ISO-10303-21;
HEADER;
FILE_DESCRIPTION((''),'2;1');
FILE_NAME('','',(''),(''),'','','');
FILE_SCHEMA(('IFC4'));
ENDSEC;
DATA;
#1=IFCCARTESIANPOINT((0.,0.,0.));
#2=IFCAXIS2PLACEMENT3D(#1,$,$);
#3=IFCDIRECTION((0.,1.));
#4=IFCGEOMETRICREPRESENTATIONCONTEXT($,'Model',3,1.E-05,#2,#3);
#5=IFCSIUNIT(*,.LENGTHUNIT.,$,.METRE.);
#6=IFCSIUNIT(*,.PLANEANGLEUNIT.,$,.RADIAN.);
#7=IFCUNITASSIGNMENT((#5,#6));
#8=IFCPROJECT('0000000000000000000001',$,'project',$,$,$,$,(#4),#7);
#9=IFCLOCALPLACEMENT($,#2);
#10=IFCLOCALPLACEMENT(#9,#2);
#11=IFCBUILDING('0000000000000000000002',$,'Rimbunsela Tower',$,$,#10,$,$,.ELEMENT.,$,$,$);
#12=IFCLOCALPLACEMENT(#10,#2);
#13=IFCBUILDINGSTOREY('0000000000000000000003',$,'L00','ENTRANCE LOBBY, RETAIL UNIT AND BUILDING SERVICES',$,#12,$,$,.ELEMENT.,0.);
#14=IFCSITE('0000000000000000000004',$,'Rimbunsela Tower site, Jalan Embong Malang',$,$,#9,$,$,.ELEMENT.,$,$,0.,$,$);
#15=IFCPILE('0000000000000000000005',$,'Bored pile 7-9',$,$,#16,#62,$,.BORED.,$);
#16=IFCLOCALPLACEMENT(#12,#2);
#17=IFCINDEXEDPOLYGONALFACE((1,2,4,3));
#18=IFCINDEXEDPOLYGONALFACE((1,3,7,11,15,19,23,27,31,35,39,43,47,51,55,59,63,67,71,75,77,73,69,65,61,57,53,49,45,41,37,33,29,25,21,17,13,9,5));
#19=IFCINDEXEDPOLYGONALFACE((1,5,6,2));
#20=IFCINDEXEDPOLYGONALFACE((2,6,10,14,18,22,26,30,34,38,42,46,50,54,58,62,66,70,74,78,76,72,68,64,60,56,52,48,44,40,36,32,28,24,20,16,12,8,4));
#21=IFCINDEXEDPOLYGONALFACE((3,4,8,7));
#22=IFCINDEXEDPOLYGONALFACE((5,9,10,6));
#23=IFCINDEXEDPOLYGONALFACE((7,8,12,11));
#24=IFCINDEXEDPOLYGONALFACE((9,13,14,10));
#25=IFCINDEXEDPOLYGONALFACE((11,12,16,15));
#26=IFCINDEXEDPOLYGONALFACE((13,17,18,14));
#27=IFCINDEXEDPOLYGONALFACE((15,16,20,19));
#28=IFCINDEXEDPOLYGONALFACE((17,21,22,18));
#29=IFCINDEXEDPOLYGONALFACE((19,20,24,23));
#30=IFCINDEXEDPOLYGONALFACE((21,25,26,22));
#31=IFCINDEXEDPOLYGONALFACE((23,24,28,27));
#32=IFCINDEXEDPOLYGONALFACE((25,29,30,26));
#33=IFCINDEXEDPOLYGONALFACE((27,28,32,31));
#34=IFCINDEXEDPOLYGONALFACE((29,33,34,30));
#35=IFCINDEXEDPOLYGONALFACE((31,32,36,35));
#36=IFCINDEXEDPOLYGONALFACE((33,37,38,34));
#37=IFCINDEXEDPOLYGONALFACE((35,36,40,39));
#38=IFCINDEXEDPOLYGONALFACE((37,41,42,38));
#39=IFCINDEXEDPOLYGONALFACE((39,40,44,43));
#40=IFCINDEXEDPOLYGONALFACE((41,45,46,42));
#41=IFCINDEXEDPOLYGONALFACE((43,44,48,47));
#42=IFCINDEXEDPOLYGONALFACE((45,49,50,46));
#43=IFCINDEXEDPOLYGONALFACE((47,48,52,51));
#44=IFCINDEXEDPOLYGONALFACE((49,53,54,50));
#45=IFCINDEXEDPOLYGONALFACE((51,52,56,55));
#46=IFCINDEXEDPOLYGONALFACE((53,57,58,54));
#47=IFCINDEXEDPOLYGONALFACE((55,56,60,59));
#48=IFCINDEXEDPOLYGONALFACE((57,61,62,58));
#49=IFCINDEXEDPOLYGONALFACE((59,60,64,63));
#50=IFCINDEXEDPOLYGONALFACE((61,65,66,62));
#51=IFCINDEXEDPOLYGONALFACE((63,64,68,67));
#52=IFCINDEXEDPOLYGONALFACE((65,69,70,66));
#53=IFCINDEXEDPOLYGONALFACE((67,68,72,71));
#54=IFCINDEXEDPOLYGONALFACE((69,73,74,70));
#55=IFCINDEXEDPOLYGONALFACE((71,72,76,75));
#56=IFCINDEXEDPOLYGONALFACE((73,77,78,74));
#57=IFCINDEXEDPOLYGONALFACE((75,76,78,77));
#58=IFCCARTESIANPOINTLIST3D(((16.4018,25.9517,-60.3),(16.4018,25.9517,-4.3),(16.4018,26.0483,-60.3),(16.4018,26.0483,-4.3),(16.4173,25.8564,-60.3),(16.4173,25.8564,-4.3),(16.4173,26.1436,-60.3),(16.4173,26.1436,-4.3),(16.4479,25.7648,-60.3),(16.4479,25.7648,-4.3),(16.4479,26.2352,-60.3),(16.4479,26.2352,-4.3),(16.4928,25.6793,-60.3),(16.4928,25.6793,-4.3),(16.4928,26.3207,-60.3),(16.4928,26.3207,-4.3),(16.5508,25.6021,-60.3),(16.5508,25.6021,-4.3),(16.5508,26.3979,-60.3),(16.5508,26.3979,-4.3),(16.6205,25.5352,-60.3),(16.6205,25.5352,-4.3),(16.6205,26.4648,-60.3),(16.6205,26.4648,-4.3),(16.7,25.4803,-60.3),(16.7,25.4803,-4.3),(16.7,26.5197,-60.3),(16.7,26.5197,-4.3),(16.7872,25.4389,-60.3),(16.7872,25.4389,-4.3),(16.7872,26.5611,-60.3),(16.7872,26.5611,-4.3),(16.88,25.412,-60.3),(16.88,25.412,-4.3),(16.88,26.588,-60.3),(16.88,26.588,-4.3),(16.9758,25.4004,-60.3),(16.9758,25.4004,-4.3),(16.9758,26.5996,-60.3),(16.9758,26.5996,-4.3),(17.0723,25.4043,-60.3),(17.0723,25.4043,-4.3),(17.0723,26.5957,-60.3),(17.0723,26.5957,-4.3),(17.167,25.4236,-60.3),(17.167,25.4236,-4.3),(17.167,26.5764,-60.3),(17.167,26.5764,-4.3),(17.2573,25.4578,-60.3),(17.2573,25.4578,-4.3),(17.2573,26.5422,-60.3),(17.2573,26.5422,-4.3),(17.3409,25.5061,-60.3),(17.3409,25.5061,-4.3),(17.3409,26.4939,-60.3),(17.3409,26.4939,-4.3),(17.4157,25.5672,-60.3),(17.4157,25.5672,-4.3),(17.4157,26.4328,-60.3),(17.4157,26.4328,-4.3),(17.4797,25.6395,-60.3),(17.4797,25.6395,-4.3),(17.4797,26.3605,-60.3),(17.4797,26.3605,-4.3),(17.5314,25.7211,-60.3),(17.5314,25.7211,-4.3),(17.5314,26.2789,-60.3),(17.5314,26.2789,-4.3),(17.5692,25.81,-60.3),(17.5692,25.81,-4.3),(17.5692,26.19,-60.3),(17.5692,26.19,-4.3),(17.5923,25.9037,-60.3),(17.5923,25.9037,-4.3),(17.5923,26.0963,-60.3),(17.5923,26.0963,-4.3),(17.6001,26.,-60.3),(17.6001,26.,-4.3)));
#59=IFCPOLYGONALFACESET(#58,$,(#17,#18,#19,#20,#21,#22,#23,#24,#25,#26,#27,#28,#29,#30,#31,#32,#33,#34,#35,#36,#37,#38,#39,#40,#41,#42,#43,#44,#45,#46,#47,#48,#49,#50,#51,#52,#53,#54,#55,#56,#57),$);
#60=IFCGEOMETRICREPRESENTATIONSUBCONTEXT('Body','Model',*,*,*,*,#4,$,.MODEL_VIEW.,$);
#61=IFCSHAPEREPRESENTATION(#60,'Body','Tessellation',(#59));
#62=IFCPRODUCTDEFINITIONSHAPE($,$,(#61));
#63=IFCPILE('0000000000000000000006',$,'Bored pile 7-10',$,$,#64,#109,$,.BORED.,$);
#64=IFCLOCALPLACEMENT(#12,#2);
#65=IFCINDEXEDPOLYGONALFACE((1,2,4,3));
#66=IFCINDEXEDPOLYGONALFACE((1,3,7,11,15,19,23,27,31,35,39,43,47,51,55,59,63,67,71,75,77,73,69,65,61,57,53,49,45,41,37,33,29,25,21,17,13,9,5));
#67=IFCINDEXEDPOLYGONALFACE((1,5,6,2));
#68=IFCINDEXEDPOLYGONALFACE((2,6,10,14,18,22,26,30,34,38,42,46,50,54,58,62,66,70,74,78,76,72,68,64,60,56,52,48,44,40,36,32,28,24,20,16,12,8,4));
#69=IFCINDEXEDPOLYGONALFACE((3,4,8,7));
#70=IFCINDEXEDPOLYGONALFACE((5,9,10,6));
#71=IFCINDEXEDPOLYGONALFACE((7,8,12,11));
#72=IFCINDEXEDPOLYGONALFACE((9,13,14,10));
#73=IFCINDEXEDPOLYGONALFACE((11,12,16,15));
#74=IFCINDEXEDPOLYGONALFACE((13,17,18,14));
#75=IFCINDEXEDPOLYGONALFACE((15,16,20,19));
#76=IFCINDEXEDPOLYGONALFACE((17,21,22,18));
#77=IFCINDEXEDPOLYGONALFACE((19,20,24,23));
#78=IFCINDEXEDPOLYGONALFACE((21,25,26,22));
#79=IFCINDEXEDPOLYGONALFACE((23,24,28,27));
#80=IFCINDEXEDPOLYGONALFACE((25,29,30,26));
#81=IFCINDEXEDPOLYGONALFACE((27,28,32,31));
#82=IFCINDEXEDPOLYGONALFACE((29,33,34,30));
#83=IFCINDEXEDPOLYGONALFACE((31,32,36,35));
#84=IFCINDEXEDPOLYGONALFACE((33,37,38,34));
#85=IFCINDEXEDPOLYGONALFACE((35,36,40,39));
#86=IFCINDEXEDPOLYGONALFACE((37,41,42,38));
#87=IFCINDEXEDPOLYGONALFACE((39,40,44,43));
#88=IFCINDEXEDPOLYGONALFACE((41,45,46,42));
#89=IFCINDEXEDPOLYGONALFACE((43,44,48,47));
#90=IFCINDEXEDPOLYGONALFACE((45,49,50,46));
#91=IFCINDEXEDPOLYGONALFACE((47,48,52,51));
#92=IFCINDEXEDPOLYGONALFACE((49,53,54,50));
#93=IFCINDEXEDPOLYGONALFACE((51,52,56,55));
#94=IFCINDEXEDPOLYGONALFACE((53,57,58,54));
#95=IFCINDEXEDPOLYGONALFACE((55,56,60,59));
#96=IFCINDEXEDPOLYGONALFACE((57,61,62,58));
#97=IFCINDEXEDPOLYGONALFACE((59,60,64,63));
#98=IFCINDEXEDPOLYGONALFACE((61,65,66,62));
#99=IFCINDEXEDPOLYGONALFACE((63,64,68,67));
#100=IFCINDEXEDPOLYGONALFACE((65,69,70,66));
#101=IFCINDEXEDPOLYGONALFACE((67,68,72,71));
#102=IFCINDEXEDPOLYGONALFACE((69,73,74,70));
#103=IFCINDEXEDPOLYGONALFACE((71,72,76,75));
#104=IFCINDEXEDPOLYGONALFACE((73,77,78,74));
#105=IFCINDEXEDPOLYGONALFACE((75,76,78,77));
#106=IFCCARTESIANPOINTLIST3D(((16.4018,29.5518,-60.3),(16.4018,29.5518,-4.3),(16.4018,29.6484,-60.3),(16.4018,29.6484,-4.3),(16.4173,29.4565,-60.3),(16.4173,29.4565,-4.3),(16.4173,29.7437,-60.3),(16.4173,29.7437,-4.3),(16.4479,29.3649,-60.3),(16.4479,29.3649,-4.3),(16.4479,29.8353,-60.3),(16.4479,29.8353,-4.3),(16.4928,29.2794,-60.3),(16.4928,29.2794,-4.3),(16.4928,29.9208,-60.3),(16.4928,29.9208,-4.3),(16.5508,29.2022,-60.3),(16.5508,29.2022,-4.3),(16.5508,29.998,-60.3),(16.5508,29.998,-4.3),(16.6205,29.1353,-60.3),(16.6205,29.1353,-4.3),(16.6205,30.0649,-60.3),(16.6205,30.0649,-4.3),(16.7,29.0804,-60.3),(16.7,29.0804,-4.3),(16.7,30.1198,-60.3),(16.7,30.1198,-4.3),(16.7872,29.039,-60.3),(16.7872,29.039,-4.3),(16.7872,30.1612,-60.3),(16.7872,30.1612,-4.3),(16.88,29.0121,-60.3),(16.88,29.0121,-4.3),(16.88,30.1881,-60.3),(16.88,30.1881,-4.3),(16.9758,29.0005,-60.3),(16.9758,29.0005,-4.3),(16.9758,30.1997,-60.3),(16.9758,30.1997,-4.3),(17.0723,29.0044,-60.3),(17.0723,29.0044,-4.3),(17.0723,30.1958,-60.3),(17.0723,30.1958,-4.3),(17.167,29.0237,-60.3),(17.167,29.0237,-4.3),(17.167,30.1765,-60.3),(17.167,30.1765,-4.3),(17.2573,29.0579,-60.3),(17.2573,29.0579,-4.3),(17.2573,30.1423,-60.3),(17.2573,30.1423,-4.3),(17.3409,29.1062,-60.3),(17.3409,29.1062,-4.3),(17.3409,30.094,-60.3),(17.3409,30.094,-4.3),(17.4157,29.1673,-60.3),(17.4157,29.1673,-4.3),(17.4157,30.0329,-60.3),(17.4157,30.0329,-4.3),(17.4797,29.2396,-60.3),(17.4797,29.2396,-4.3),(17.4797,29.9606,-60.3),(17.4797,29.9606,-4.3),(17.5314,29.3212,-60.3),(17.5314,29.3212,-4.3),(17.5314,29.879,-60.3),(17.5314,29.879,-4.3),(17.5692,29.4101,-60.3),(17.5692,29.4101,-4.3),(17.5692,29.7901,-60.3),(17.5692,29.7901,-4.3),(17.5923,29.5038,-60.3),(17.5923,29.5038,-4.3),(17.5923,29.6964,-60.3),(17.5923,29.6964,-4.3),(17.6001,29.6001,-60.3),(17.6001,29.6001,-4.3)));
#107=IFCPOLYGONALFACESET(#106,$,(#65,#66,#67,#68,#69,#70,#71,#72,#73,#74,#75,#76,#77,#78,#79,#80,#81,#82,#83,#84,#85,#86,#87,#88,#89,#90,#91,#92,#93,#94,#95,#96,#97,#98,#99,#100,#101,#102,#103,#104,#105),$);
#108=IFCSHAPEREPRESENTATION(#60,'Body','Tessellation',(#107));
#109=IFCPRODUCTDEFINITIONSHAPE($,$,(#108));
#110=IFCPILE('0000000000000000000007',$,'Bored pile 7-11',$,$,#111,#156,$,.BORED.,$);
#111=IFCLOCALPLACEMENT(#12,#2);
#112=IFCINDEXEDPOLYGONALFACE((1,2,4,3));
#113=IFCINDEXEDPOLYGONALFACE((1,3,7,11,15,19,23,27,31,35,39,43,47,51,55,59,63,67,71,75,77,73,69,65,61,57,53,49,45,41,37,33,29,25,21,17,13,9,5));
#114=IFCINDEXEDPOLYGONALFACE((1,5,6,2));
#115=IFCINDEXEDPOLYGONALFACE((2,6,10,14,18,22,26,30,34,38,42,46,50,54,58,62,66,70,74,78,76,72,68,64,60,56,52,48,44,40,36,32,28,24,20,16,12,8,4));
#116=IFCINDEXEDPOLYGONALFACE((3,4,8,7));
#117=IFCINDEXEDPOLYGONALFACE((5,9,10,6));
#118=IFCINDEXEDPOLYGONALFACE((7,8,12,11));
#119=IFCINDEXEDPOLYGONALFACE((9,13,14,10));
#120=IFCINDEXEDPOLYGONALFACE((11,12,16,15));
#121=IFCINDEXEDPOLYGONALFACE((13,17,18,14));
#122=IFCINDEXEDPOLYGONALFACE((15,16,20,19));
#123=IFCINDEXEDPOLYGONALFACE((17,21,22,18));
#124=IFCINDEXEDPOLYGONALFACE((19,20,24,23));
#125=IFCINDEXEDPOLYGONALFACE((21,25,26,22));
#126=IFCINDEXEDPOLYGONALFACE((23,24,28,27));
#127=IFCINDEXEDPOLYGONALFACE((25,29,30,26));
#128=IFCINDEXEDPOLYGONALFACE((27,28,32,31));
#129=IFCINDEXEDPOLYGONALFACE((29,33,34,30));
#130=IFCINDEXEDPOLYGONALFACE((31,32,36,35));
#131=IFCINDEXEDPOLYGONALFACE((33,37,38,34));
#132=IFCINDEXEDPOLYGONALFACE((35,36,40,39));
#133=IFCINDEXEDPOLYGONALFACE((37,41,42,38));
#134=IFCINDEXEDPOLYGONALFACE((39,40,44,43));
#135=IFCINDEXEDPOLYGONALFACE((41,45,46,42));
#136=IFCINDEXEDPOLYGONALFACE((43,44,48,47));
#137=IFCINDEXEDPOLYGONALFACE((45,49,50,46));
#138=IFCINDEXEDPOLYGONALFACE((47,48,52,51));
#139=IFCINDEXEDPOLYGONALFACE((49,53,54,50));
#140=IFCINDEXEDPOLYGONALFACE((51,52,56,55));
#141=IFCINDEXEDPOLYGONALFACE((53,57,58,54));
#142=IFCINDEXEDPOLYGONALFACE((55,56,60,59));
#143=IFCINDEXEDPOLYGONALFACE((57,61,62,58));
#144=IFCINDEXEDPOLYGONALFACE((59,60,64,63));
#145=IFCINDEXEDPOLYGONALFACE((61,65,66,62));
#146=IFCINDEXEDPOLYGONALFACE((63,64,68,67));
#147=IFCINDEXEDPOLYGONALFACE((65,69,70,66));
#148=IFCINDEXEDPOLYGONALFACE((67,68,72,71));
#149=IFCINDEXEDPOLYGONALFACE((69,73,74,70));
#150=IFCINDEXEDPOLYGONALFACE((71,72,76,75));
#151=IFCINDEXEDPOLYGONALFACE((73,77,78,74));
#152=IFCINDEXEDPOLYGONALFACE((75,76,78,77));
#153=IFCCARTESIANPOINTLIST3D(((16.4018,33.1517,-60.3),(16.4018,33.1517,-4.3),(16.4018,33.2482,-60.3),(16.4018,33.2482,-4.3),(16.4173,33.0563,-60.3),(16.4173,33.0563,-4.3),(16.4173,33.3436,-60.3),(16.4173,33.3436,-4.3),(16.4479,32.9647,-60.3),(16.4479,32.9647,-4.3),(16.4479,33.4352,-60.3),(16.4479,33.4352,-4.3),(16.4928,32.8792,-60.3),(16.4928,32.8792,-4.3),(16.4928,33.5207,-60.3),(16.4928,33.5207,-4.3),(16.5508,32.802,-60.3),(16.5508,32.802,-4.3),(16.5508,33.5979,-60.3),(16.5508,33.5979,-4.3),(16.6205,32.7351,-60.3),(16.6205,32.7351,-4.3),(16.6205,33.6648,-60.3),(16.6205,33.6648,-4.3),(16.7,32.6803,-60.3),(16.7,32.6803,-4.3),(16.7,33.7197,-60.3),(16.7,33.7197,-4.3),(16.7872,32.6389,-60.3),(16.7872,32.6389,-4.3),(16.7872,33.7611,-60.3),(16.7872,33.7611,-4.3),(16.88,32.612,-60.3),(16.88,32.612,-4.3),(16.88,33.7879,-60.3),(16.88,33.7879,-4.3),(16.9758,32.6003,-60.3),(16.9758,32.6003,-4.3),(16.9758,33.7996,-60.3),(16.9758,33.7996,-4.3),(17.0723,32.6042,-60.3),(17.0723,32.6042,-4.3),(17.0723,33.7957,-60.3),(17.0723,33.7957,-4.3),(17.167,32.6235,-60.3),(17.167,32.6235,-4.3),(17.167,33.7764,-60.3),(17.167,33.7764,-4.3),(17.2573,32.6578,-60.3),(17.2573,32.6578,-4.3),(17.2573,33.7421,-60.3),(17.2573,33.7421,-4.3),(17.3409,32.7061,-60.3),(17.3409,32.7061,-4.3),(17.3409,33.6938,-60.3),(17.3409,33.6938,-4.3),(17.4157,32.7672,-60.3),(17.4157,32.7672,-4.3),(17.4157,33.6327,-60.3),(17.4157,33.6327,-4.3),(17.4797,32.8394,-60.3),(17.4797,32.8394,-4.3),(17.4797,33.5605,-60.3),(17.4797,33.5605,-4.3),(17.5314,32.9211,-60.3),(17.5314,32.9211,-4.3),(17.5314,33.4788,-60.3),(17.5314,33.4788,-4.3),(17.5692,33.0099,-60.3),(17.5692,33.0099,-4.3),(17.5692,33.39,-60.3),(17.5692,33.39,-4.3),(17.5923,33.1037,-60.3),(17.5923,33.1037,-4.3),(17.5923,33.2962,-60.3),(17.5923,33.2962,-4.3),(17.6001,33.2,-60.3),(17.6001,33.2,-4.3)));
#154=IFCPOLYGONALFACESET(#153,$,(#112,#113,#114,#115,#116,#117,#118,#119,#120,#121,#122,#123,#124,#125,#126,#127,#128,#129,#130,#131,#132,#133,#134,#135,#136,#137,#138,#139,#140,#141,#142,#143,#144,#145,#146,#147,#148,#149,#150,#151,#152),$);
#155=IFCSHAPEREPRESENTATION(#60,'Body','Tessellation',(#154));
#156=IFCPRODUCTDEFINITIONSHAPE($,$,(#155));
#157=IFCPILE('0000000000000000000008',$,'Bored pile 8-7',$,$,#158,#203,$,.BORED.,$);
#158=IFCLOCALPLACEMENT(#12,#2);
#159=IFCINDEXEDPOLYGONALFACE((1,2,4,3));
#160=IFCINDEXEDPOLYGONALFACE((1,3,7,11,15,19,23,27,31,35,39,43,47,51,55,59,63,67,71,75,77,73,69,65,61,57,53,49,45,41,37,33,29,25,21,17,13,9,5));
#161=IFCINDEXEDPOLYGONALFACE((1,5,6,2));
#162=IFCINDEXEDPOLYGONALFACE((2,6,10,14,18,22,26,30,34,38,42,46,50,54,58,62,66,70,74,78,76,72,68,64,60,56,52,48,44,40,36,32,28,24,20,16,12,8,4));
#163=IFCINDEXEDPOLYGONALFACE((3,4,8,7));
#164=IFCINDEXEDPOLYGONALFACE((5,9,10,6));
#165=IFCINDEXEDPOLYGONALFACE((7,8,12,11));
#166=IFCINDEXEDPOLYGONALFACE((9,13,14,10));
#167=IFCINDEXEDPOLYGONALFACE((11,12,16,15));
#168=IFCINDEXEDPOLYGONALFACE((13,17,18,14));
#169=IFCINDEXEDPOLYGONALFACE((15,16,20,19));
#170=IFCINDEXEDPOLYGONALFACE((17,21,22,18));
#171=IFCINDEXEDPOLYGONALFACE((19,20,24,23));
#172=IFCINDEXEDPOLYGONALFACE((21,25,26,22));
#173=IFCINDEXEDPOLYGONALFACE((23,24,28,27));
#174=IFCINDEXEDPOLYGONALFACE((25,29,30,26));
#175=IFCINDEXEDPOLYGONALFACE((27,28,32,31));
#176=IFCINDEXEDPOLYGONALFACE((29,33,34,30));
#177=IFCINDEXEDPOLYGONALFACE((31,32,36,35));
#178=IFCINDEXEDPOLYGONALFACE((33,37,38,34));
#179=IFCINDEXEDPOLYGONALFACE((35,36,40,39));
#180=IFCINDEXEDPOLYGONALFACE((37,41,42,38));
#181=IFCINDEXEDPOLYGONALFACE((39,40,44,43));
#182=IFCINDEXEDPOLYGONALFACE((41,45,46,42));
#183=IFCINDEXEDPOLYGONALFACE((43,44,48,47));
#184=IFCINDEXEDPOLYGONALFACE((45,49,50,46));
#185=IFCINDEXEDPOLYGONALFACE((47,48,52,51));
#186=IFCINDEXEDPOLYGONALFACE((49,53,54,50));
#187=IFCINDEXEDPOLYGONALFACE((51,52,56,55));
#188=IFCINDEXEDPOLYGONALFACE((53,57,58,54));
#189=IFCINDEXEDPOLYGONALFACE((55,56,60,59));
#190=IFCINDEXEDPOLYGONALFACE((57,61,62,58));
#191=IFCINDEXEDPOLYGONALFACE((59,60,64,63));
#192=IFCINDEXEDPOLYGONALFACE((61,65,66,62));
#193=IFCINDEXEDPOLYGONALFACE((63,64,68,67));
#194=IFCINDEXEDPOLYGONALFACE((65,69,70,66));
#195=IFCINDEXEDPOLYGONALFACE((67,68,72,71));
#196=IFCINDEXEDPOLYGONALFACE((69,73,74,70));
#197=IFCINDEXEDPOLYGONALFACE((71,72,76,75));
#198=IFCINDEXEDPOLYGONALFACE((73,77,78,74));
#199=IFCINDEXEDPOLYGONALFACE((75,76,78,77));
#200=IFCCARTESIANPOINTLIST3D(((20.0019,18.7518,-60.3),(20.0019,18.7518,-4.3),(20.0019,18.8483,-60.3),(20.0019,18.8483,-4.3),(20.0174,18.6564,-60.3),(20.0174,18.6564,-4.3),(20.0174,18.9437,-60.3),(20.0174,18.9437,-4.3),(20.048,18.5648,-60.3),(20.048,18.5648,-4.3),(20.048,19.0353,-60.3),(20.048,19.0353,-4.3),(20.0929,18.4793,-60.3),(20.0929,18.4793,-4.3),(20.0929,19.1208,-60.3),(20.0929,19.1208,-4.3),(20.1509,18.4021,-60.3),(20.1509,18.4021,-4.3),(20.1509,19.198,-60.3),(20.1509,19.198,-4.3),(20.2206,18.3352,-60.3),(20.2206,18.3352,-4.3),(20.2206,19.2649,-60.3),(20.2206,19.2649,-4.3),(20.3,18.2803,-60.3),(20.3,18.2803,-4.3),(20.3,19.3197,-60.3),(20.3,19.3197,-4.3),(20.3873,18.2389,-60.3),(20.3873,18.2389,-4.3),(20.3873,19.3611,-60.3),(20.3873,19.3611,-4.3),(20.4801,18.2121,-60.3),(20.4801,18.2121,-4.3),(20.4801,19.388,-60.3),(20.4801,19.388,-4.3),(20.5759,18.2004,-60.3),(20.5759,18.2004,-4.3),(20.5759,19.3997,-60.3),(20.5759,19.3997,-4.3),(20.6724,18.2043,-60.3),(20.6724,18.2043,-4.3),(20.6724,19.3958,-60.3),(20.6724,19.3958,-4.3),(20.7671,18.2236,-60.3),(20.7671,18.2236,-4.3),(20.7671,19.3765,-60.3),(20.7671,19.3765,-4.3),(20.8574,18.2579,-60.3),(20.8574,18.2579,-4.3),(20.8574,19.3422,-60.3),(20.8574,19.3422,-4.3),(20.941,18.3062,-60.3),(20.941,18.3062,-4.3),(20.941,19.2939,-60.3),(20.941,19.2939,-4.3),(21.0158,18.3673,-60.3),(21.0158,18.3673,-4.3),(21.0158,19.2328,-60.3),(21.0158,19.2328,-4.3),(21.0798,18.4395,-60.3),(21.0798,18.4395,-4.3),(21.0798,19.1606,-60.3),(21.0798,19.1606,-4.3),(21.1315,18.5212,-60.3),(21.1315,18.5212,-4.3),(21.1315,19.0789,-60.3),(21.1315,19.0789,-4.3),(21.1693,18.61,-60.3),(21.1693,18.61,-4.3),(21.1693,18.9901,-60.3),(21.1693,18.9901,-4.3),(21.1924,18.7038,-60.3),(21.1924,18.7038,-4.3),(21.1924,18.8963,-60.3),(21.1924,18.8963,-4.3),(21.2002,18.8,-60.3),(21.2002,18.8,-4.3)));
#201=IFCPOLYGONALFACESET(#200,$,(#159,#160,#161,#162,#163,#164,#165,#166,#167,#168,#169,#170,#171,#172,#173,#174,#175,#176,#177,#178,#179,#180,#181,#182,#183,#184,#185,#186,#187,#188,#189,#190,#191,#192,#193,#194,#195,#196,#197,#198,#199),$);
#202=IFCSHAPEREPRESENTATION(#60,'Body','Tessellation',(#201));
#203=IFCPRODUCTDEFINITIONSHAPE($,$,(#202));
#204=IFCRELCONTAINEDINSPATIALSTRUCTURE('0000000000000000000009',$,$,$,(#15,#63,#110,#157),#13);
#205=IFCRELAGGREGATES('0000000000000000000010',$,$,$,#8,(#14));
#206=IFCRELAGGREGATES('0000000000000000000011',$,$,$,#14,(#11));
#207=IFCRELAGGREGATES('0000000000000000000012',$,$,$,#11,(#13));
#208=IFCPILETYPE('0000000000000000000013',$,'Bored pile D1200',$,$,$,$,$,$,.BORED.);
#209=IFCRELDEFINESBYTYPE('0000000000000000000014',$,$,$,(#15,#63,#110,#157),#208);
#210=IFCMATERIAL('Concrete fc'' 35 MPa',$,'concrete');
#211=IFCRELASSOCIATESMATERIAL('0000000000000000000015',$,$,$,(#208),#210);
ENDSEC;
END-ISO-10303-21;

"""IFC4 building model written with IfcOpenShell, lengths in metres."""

from ifc_helpers import new_model, si_unit, direction, frame, origin, origin_2d, place, context, subcontext, project, spatial, circle, extrude, material, material_profile, profile_set, type_object, element, save


model = new_model("IFC4")

# Units and contexts
model_context = context("Model", 3, precision=1e-05, world=origin(), true_north=direction((0.0, 1.0)))
body_context = subcontext(model_context, "Body", "Model", "MODEL_VIEW")
ifc_project = project(units=[si_unit("LENGTHUNIT", "METRE"), si_unit("PLANEANGLEUNIT", "RADIAN")], contexts=[model_context])

# Site, building, storey
site_placement = place(None, origin())
site = spatial("IfcSite", under=ifc_project, at=site_placement, Name="Rimbunsela Tower site, Jalan Embong Malang", CompositionType="ELEMENT", RefElevation=0.0)
building_placement = place(site_placement, origin())
building = spatial("IfcBuilding", under=site, at=building_placement, Name="Rimbunsela Tower", CompositionType="ELEMENT")
storey_placement = place(building_placement, origin())
storey = spatial("IfcBuildingStorey", under=building, at=storey_placement, Name="L00", Description="ENTRANCE LOBBY, RETAIL UNIT AND BUILDING SERVICES", CompositionType="ELEMENT", Elevation=0.0)

# Piles
ifc_material_1 = material(Name="Concrete fc' 35 MPa", Category="concrete")
ifc_material_profile_1 = material_profile(ifc_material_1, circle(Radius=0.6001, at=origin_2d()), Name="BP D1200")
ifc_profile_set_1 = profile_set([ifc_material_profile_1], Name="Concrete fc' 35 MPa")
pile_type = type_object("IfcPileType", Name="Bored pile D1200", PredefinedType="BORED", material=ifc_profile_set_1)
for number, where, z_axis, x_axis, name in (
    (1, (17.0, 26.0, -4.3), (0.0, 0.0, -1.0), (1.0, 0.0, 0.0), "Bored pile 7-9"),
    (2, (17.0, 29.6001, -4.3), (0.0, 0.0, -1.0), (1.0, 0.0, 0.0), "Bored pile 7-10"),
    (3, (17.0, 33.2, -4.3), (0.0, 0.0, -1.0), (1.0, 0.0, 0.0), "Bored pile 7-11"),
    (4, (20.6001, 18.8, -4.3), (0.0, 0.0, -1.0), (1.0, 0.0, 0.0), "Bored pile 8-7"),
):
    element("IfcPile", number, at=place(storey_placement, frame(where, z_axis=z_axis, x_axis=x_axis)), inside=storey, type_object=pile_type, Name=name, PredefinedType="BORED", context=body_context, shape_type="SweptSolid", body=[
        extrude(circle(Radius=0.6001, at=origin_2d()), origin(), (0.0, 0.0, 1.0), 56.0),
    ])

save(model, "model.ifc")
